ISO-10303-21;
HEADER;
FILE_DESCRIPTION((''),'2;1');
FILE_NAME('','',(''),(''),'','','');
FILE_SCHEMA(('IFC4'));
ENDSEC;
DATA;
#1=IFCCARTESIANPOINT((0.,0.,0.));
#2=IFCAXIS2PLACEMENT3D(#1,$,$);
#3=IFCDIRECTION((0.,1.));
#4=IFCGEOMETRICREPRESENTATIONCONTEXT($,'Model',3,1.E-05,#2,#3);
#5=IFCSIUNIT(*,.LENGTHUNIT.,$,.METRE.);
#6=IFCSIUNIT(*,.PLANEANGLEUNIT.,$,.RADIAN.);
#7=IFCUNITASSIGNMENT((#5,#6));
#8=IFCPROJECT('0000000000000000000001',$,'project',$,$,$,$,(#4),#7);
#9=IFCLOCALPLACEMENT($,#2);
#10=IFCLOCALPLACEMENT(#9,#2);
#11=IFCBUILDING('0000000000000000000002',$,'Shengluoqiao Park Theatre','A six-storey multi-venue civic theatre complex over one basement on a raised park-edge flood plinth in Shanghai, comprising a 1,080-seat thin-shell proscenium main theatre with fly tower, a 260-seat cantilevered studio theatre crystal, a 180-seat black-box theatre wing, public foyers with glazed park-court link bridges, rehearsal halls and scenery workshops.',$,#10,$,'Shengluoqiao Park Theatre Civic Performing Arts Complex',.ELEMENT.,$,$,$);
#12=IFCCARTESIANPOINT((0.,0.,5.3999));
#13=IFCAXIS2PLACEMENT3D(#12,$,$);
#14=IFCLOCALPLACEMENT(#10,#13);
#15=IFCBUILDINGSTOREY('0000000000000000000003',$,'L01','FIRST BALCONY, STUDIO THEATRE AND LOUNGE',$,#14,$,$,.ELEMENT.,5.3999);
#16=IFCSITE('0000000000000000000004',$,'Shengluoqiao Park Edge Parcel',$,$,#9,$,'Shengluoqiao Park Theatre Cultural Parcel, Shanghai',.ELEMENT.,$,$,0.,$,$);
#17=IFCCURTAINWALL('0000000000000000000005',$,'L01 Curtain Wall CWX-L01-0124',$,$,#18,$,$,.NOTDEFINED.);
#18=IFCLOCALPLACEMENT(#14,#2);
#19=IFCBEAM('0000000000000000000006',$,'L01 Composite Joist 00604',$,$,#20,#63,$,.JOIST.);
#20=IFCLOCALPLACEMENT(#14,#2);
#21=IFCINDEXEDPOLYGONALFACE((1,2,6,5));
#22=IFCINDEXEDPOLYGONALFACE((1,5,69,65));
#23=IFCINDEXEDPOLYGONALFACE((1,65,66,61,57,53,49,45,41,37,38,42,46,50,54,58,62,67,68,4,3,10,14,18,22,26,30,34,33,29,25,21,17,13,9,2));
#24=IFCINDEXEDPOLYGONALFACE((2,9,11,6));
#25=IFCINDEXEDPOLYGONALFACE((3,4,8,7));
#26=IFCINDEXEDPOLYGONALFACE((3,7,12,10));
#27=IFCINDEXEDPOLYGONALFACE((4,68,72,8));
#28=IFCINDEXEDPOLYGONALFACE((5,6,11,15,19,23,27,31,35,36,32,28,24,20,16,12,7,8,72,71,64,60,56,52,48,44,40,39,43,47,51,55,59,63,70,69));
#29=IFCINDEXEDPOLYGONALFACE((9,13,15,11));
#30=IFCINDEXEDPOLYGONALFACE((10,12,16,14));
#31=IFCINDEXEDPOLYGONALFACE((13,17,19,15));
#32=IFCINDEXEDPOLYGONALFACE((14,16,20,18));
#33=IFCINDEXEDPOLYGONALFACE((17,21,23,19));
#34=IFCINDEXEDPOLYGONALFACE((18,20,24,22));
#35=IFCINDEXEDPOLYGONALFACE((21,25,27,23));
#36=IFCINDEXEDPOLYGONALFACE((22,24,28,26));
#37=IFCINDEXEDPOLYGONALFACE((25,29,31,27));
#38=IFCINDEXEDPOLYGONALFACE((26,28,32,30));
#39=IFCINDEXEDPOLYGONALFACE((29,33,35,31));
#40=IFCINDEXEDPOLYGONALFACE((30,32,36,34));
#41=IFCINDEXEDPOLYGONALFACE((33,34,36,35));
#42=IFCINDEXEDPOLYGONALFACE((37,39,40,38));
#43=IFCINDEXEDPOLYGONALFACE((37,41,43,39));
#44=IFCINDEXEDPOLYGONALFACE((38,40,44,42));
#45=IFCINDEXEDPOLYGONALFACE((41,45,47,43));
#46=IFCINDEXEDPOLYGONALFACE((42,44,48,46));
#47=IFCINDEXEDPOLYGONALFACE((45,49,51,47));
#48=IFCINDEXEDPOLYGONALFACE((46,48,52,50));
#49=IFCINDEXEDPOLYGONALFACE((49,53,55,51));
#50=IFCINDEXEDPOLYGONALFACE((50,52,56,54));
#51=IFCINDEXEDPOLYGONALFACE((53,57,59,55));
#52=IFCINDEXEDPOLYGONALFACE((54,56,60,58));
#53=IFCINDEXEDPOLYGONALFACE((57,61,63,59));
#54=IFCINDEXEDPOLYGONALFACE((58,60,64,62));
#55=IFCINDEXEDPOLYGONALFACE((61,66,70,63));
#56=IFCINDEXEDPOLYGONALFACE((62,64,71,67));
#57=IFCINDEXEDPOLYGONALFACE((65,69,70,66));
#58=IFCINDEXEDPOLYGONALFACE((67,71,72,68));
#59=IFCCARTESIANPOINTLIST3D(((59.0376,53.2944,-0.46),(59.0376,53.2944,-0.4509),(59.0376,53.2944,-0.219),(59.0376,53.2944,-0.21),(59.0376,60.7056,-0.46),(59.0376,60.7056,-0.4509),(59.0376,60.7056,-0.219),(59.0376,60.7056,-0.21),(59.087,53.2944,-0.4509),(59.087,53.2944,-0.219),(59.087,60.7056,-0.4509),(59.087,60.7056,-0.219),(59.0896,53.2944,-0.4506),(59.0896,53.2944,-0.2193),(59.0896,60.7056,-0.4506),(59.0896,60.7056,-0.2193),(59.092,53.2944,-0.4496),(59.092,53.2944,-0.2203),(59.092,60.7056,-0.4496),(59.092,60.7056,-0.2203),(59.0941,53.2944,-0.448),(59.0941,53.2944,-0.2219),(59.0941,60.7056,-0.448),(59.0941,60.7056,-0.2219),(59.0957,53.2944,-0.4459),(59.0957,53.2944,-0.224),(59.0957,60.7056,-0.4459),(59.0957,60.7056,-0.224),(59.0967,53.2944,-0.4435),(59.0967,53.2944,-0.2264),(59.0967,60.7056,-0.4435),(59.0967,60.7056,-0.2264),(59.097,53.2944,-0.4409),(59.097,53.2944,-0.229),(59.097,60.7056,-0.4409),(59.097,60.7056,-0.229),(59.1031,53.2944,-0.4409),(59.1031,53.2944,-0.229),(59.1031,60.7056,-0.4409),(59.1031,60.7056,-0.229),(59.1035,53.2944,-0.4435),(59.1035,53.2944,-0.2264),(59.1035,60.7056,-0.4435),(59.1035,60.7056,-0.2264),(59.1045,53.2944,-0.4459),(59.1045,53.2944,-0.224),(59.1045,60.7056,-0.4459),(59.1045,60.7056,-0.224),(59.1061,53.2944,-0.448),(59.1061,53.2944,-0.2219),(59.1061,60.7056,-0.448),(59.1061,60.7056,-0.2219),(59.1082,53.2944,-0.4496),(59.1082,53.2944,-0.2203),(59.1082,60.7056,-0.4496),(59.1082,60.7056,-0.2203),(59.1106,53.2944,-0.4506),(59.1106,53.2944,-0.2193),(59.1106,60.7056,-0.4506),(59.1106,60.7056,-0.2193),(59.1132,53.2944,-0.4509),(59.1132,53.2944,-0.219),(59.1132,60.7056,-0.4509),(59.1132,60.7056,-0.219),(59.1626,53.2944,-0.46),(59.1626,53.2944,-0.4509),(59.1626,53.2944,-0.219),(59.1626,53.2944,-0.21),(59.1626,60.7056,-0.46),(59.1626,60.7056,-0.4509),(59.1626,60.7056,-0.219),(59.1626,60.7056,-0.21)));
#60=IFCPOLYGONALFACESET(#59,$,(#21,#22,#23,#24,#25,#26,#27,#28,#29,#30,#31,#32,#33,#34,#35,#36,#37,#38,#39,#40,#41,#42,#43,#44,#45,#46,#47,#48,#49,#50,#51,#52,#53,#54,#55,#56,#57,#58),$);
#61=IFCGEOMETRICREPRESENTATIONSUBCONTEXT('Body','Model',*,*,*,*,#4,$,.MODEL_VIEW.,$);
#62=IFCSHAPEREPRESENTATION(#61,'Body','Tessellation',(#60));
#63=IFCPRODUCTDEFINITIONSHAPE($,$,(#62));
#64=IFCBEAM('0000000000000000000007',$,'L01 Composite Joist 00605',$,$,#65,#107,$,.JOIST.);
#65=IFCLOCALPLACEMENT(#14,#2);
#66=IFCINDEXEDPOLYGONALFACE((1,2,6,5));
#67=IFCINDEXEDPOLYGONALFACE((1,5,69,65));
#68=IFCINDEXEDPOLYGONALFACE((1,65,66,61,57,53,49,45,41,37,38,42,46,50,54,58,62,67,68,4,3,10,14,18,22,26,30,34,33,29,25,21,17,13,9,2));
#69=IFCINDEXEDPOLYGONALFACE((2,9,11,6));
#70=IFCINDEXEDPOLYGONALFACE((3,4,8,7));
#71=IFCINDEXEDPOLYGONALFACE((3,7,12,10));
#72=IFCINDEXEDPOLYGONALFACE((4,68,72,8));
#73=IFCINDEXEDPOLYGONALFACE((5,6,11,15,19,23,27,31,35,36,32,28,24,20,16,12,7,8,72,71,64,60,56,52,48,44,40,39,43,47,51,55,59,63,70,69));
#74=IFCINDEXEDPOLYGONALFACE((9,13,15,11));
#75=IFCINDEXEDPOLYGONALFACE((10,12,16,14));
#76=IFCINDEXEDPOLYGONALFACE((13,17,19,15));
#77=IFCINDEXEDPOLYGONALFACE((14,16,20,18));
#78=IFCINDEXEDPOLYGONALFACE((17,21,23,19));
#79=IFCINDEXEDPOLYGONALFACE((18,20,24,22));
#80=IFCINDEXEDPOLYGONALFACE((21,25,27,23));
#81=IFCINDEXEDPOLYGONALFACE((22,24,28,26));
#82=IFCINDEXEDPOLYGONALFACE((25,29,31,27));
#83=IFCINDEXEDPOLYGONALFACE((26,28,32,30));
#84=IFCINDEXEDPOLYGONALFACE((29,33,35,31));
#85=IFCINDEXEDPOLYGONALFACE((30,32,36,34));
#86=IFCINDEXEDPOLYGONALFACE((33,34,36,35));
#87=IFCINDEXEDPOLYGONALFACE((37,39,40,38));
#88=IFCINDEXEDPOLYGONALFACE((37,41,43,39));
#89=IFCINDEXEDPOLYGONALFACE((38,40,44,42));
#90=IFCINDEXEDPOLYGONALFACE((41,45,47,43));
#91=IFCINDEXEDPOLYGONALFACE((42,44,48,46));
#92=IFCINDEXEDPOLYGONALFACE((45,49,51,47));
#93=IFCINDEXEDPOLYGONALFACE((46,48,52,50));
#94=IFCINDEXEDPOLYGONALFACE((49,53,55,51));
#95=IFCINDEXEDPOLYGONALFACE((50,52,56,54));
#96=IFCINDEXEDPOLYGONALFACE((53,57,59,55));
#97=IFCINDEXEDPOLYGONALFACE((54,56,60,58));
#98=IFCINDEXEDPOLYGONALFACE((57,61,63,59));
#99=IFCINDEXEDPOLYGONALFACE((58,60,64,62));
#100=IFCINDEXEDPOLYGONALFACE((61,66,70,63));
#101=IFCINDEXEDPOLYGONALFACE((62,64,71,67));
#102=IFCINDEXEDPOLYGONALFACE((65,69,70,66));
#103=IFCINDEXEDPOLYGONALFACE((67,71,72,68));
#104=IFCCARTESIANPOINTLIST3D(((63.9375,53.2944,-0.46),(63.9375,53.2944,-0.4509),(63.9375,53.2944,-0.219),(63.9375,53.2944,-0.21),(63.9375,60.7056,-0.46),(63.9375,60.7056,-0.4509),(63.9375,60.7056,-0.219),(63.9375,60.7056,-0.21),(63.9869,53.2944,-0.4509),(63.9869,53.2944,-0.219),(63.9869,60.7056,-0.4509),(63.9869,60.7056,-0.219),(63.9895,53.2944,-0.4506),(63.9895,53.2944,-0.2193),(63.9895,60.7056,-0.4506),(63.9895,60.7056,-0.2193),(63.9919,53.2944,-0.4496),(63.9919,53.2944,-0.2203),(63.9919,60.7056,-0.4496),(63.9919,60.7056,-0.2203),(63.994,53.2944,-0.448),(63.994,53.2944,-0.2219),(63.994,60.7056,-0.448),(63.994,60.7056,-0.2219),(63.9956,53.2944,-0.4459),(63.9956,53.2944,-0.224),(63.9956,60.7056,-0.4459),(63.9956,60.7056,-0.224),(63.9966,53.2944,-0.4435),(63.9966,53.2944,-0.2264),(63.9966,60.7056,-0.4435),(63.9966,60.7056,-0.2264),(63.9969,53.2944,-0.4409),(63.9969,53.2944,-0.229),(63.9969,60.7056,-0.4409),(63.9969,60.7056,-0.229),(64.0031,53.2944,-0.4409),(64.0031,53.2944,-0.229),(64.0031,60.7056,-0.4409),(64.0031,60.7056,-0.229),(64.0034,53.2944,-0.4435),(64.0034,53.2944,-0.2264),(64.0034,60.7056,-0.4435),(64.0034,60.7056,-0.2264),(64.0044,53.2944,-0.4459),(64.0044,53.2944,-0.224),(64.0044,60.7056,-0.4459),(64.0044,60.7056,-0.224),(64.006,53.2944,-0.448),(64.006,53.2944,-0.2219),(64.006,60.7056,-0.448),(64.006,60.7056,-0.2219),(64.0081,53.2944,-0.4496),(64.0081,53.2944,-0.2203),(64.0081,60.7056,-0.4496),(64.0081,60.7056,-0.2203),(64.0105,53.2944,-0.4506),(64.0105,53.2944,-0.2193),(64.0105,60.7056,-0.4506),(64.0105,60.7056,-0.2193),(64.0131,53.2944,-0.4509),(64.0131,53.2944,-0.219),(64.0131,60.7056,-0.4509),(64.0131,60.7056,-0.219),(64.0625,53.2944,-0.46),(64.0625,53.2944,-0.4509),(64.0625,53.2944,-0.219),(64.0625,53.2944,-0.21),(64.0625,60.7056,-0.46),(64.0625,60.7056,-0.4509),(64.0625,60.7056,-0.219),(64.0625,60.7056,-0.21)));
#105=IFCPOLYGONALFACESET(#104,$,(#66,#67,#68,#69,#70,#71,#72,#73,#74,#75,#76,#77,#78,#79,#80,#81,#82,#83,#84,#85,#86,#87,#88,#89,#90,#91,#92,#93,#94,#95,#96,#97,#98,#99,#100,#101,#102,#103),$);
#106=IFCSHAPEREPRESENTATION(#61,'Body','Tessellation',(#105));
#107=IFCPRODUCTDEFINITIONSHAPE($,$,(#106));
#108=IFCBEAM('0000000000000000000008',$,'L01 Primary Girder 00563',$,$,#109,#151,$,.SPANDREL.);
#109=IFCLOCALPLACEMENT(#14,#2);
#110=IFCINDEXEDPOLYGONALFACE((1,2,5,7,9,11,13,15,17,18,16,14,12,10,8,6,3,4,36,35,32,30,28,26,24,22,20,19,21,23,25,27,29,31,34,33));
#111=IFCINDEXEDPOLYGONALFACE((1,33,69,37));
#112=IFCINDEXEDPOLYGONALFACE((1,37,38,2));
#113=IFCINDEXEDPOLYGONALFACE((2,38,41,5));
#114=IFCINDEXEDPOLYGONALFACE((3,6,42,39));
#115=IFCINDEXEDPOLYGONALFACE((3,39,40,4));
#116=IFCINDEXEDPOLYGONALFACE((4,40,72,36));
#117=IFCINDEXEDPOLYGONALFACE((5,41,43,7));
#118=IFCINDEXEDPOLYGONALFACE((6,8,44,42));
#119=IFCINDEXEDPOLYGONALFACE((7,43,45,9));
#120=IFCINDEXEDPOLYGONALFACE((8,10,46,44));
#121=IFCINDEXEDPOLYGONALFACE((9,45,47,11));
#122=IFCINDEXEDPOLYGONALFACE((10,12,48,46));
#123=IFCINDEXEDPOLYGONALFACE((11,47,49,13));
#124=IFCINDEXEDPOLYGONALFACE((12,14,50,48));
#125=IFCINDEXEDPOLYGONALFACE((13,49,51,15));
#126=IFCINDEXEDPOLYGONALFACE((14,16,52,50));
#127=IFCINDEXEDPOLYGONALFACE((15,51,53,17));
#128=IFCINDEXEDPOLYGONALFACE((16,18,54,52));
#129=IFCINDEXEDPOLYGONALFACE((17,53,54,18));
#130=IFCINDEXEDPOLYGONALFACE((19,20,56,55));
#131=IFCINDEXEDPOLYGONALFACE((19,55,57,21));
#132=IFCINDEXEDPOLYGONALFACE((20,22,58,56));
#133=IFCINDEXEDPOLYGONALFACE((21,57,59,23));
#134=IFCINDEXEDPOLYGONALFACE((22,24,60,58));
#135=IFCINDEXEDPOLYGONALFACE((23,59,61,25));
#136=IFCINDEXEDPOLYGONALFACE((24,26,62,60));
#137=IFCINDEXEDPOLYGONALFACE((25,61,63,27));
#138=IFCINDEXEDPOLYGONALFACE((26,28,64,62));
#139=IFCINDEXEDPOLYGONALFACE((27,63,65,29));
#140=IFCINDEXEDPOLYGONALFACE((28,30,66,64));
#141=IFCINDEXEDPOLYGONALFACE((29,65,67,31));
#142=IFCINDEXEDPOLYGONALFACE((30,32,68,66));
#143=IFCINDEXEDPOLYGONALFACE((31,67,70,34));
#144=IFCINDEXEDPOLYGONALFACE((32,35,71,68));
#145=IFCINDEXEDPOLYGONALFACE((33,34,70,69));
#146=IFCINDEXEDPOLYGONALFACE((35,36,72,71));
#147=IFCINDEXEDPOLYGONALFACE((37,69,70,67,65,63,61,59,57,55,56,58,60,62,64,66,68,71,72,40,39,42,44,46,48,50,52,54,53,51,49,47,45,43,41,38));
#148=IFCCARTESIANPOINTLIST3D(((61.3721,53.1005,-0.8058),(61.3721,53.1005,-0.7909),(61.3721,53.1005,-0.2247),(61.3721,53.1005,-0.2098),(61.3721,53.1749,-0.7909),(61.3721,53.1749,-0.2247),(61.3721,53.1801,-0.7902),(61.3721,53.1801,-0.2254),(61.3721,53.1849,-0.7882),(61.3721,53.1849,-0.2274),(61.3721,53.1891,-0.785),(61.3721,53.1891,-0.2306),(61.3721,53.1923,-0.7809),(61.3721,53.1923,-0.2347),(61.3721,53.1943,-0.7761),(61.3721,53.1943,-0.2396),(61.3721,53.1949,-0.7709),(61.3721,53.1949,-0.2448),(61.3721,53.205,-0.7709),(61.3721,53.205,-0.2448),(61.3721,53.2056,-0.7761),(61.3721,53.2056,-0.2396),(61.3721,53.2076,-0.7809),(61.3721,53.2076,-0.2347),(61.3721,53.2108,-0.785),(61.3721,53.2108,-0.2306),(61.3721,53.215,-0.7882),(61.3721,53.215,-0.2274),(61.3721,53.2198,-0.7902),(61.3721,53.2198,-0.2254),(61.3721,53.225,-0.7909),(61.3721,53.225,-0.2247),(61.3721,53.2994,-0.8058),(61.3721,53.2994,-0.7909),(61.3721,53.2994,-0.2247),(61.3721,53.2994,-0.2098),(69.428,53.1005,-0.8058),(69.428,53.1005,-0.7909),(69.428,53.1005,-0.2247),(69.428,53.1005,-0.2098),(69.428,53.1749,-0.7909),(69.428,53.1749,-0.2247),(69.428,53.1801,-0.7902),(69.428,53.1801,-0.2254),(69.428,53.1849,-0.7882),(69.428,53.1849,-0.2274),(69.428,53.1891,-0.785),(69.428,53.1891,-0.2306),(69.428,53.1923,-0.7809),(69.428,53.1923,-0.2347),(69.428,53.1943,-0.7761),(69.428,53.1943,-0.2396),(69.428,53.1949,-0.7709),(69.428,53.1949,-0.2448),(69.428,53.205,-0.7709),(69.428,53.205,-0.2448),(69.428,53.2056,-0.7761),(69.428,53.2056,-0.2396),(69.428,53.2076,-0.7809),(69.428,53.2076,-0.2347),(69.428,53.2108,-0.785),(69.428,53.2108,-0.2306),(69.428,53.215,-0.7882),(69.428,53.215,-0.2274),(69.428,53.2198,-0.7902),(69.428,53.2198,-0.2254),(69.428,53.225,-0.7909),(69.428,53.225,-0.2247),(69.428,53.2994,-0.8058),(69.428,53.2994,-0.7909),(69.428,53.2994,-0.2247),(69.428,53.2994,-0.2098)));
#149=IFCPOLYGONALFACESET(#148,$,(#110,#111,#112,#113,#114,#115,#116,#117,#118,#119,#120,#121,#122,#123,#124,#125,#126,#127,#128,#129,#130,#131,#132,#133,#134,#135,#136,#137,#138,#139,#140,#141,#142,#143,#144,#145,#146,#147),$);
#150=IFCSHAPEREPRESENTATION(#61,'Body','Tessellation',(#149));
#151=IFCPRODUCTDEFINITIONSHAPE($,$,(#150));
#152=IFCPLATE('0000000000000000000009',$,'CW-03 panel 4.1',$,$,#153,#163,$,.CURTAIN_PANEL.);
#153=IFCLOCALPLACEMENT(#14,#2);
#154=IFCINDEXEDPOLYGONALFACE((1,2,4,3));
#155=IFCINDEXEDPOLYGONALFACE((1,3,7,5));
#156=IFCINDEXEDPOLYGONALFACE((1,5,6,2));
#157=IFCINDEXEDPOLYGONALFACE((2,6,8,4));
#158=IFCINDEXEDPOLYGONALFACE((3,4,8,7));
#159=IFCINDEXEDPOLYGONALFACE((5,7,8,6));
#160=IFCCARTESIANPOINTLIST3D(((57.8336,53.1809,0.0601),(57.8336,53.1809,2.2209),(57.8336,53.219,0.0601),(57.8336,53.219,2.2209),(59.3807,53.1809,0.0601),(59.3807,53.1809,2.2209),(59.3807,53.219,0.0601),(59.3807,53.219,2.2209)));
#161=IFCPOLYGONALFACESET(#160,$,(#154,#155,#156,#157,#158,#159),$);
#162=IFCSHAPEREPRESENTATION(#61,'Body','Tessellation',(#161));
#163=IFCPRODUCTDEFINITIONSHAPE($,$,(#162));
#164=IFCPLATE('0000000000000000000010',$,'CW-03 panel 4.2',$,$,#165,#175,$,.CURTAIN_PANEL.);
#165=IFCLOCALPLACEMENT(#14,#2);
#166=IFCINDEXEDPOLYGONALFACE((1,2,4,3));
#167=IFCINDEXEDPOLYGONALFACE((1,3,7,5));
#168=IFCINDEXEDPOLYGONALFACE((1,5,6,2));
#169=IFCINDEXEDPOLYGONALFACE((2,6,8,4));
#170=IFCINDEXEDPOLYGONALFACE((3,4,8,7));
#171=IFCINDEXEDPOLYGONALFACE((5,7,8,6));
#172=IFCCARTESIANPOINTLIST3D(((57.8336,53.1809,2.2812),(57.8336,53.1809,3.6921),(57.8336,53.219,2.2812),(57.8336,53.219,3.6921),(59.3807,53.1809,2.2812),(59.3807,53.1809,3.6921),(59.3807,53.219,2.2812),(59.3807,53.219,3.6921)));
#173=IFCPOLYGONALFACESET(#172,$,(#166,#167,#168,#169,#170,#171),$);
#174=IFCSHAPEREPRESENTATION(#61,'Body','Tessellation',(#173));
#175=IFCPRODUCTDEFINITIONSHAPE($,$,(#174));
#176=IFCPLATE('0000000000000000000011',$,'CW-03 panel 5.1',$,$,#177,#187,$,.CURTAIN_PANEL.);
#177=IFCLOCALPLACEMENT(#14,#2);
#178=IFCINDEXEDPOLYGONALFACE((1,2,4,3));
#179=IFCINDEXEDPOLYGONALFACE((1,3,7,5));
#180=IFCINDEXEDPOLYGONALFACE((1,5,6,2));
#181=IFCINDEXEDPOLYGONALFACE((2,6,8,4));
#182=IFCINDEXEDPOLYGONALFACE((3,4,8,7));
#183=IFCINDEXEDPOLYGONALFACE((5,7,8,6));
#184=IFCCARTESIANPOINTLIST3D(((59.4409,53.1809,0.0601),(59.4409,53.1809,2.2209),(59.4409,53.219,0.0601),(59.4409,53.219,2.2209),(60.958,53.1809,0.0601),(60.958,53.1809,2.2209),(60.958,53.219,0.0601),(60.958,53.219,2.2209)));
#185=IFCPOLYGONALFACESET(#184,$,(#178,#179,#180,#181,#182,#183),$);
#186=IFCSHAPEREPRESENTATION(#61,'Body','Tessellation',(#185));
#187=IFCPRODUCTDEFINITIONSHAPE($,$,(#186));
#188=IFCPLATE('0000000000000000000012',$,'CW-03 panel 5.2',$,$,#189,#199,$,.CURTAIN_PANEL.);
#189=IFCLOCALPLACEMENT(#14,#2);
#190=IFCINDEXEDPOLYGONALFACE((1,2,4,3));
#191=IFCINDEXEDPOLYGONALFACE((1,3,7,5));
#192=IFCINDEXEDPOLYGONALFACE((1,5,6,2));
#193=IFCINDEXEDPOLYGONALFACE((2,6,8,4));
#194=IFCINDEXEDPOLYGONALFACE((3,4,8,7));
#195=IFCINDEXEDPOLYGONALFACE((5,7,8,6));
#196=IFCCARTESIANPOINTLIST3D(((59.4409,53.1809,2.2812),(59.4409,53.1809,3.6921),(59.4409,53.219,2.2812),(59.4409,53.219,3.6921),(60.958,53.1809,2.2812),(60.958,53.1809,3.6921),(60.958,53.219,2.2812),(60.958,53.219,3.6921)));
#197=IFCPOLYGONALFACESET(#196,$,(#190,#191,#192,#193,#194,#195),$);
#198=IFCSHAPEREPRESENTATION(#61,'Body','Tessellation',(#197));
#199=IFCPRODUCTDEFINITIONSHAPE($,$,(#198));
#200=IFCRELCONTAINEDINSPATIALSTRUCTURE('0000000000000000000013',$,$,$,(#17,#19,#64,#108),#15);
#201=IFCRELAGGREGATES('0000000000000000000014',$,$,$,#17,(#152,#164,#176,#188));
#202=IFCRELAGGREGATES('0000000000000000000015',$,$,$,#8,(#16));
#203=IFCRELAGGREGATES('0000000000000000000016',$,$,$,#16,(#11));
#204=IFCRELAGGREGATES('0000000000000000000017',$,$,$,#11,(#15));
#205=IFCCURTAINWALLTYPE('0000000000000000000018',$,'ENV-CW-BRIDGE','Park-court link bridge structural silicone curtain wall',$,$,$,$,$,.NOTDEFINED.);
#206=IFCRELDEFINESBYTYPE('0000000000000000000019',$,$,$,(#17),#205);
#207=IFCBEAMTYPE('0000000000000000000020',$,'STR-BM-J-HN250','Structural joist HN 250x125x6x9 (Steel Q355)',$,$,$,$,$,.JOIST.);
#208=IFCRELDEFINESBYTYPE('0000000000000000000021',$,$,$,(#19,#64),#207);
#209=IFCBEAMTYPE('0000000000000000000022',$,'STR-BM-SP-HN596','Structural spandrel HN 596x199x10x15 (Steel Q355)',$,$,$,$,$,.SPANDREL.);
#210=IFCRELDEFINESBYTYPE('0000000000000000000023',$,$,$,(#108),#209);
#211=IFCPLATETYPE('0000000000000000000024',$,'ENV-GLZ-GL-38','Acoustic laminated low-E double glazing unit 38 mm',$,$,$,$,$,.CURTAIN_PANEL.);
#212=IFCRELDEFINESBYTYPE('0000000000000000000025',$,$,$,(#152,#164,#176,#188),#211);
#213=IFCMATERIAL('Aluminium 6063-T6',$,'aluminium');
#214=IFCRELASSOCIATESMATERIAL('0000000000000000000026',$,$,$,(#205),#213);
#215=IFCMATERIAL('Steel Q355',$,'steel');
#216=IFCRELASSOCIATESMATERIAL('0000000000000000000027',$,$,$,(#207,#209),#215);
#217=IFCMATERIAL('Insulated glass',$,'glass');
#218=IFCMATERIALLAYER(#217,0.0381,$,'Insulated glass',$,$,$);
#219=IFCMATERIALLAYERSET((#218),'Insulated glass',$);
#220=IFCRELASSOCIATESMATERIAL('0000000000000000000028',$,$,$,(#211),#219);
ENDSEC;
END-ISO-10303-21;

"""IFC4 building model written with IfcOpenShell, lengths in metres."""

from ifc_helpers import new_model, si_unit, direction, frame, origin, origin_2d, place, context, subcontext, project, spatial, rectangle, i_section, extrude, material, layer, layer_set, material_profile, profile_set, type_object, element, aggregate, save


model = new_model("IFC4")

# Units and contexts
model_context = context("Model", 3, precision=1e-05, world=origin(), true_north=direction((0.0, 1.0)))
body_context = subcontext(model_context, "Body", "Model", "MODEL_VIEW")
ifc_project = project(units=[si_unit("LENGTHUNIT", "METRE"), si_unit("PLANEANGLEUNIT", "RADIAN")], contexts=[model_context])

# Site, building, storey
site_placement = place(None, origin())
site = spatial("IfcSite", under=ifc_project, at=site_placement, Name="Shengluoqiao Park Edge Parcel", LongName="Shengluoqiao Park Theatre Cultural Parcel, Shanghai", CompositionType="ELEMENT", RefElevation=0.0)
building_placement = place(site_placement, origin())
building = spatial("IfcBuilding", under=site, at=building_placement, Name="Shengluoqiao Park Theatre", Description="A six-storey multi-venue civic theatre complex over one basement on a raised park-edge flood plinth in Shanghai, comprising a 1,080-seat thin-shell proscenium main theatre with fly tower, a 260-seat cantilevered studio theatre crystal, a 180-seat black-box theatre wing, public foyers with glazed park-court link bridges, rehearsal halls and scenery workshops.", LongName="Shengluoqiao Park Theatre Civic Performing Arts Complex", CompositionType="ELEMENT")
storey_placement = place(building_placement, frame((0.0, 0.0, 5.3999)))
storey = spatial("IfcBuildingStorey", under=building, at=storey_placement, Name="L01", Description="FIRST BALCONY, STUDIO THEATRE AND LOUNGE", CompositionType="ELEMENT", Elevation=5.3999)

# Shared definitions
ifc_material_1 = material(Name="Steel Q355", Category="steel")

# Curtain wall
ifc_material_2 = material(Name="Aluminium 6063-T6", Category="aluminium")
curtain_wall_type = type_object("IfcCurtainWallType", Name="ENV-CW-BRIDGE", Description="Park-court link bridge structural silicone curtain wall", PredefinedType="NOTDEFINED", material=ifc_material_2)
curtain_wall_1_placement = place(storey_placement, origin())
curtain_wall_1 = element("IfcCurtainWall", 1, at=curtain_wall_1_placement, inside=storey, type_object=curtain_wall_type, Name="L01 Curtain Wall CWX-L01-0124", PredefinedType="NOTDEFINED")

# Beams
ifc_material_profile_1 = material_profile(ifc_material_1, i_section(OverallWidth=0.125, OverallDepth=0.25, WebThickness=0.0061, FlangeThickness=0.009, FilletRadius=0.01, at=origin_2d()), Name="HN 250x125x6x9")
ifc_profile_set_1 = profile_set([ifc_material_profile_1], Name="Steel Q355")
beam_type_1 = type_object("IfcBeamType", Name="STR-BM-J-HN250", Description="Structural joist HN 250x125x6x9 (Steel Q355)", PredefinedType="JOIST", material=ifc_profile_set_1)
for number, where, z_axis, x_axis, name in (
    (2, (59.1001, 53.2944, -0.335), (0.0, 1.0, 0.0), (-1.0, 0.0, 0.0), "L01 Composite Joist 00604"),
    (3, (64.0, 53.2944, -0.335), (0.0, 1.0, 0.0), (-1.0, 0.0, 0.0), "L01 Composite Joist 00605"),
):
    element("IfcBeam", number, at=place(storey_placement, frame(where, z_axis=z_axis, x_axis=x_axis)), inside=storey, type_object=beam_type_1, Name=name, PredefinedType="JOIST", context=body_context, shape_type="SweptSolid", body=[
        extrude(i_section(OverallWidth=0.125, OverallDepth=0.25, WebThickness=0.0061, FlangeThickness=0.009, FilletRadius=0.01, at=origin_2d()), origin(), (0.0, 0.0, 1.0), 7.4111),
    ])
ifc_material_profile_2 = material_profile(ifc_material_1, i_section(OverallWidth=0.199, OverallDepth=0.5959, WebThickness=0.01, FlangeThickness=0.0149, FilletRadius=0.02, at=origin_2d()), Name="HN 596x199x10x15")
ifc_profile_set_2 = profile_set([ifc_material_profile_2], Name="Steel Q355")
beam_type_2 = type_object("IfcBeamType", Name="STR-BM-SP-HN596", Description="Structural spandrel HN 596x199x10x15 (Steel Q355)", PredefinedType="SPANDREL", material=ifc_profile_set_2)
beam_1_placement = place(storey_placement, frame((61.3721, 53.2, -0.5078), z_axis=(1.0, 0.0, 0.0), x_axis=(0.0, 1.0, 0.0)))
element("IfcBeam", 4, at=beam_1_placement, inside=storey, type_object=beam_type_2, Name="L01 Primary Girder 00563", PredefinedType="SPANDREL", context=body_context, shape_type="SweptSolid", body=[
    extrude(i_section(OverallWidth=0.199, OverallDepth=0.5959, WebThickness=0.01, FlangeThickness=0.0149, FilletRadius=0.02, at=origin_2d()), origin(), (0.0, 0.0, 1.0), 8.0559),
])

# Plates
ifc_material_3 = material(Name="Insulated glass", Category="glass")
ifc_layer_1 = layer(ifc_material_3, 0.0381, Name="Insulated glass")
ifc_layer_set_1 = layer_set([ifc_layer_1], Name="Insulated glass")
plate_type_1 = type_object("IfcPlateType", Name="ENV-GLZ-GL-38", Description="Acoustic laminated low-E double glazing unit 38 mm", PredefinedType="CURTAIN_PANEL", material=ifc_layer_set_1)
plate_1_placement = place(storey_placement, frame((58.6072, 53.2, 0.0601), z_axis=(0.0, 0.0, 1.0), x_axis=(1.0, 0.0, 0.0)))
plate_1 = element("IfcPlate", 5, at=plate_1_placement, type_object=plate_type_1, Name="CW-03 panel 4.1", PredefinedType="CURTAIN_PANEL", context=body_context, shape_type="SweptSolid", body=[
    extrude(rectangle(XDim=1.5471, YDim=0.0381, at=origin_2d()), origin(), (0.0, 0.0, 1.0), 2.1609),
])
plate_2_placement = place(storey_placement, frame((58.6072, 53.2, 2.2812), z_axis=(0.0, 0.0, 1.0), x_axis=(1.0, 0.0, 0.0)))
plate_2 = element("IfcPlate", 6, at=plate_2_placement, type_object=plate_type_1, Name="CW-03 panel 4.2", PredefinedType="CURTAIN_PANEL", context=body_context, shape_type="SweptSolid", body=[
    extrude(rectangle(XDim=1.5471, YDim=0.0381, at=origin_2d()), origin(), (0.0, 0.0, 1.0), 1.4109),
])
plate_3_placement = place(storey_placement, frame((60.1995, 53.2, 0.0601), z_axis=(0.0, 0.0, 1.0), x_axis=(1.0, 0.0, 0.0)))
plate_3 = element("IfcPlate", 7, at=plate_3_placement, type_object=plate_type_1, Name="CW-03 panel 5.1", PredefinedType="CURTAIN_PANEL", context=body_context, shape_type="SweptSolid", body=[
    extrude(rectangle(XDim=1.5171, YDim=0.0381, at=origin_2d()), origin(), (0.0, 0.0, 1.0), 2.1609),
])
plate_4_placement = place(storey_placement, frame((60.1995, 53.2, 2.2812), z_axis=(0.0, 0.0, 1.0), x_axis=(1.0, 0.0, 0.0)))
plate_4 = element("IfcPlate", 8, at=plate_4_placement, type_object=plate_type_1, Name="CW-03 panel 5.2", PredefinedType="CURTAIN_PANEL", context=body_context, shape_type="SweptSolid", body=[
    extrude(rectangle(XDim=1.5171, YDim=0.0381, at=origin_2d()), origin(), (0.0, 0.0, 1.0), 1.4109),
])
aggregate(curtain_wall_1, [plate_1, plate_2, plate_3, plate_4])

save(model, "model.ifc")
